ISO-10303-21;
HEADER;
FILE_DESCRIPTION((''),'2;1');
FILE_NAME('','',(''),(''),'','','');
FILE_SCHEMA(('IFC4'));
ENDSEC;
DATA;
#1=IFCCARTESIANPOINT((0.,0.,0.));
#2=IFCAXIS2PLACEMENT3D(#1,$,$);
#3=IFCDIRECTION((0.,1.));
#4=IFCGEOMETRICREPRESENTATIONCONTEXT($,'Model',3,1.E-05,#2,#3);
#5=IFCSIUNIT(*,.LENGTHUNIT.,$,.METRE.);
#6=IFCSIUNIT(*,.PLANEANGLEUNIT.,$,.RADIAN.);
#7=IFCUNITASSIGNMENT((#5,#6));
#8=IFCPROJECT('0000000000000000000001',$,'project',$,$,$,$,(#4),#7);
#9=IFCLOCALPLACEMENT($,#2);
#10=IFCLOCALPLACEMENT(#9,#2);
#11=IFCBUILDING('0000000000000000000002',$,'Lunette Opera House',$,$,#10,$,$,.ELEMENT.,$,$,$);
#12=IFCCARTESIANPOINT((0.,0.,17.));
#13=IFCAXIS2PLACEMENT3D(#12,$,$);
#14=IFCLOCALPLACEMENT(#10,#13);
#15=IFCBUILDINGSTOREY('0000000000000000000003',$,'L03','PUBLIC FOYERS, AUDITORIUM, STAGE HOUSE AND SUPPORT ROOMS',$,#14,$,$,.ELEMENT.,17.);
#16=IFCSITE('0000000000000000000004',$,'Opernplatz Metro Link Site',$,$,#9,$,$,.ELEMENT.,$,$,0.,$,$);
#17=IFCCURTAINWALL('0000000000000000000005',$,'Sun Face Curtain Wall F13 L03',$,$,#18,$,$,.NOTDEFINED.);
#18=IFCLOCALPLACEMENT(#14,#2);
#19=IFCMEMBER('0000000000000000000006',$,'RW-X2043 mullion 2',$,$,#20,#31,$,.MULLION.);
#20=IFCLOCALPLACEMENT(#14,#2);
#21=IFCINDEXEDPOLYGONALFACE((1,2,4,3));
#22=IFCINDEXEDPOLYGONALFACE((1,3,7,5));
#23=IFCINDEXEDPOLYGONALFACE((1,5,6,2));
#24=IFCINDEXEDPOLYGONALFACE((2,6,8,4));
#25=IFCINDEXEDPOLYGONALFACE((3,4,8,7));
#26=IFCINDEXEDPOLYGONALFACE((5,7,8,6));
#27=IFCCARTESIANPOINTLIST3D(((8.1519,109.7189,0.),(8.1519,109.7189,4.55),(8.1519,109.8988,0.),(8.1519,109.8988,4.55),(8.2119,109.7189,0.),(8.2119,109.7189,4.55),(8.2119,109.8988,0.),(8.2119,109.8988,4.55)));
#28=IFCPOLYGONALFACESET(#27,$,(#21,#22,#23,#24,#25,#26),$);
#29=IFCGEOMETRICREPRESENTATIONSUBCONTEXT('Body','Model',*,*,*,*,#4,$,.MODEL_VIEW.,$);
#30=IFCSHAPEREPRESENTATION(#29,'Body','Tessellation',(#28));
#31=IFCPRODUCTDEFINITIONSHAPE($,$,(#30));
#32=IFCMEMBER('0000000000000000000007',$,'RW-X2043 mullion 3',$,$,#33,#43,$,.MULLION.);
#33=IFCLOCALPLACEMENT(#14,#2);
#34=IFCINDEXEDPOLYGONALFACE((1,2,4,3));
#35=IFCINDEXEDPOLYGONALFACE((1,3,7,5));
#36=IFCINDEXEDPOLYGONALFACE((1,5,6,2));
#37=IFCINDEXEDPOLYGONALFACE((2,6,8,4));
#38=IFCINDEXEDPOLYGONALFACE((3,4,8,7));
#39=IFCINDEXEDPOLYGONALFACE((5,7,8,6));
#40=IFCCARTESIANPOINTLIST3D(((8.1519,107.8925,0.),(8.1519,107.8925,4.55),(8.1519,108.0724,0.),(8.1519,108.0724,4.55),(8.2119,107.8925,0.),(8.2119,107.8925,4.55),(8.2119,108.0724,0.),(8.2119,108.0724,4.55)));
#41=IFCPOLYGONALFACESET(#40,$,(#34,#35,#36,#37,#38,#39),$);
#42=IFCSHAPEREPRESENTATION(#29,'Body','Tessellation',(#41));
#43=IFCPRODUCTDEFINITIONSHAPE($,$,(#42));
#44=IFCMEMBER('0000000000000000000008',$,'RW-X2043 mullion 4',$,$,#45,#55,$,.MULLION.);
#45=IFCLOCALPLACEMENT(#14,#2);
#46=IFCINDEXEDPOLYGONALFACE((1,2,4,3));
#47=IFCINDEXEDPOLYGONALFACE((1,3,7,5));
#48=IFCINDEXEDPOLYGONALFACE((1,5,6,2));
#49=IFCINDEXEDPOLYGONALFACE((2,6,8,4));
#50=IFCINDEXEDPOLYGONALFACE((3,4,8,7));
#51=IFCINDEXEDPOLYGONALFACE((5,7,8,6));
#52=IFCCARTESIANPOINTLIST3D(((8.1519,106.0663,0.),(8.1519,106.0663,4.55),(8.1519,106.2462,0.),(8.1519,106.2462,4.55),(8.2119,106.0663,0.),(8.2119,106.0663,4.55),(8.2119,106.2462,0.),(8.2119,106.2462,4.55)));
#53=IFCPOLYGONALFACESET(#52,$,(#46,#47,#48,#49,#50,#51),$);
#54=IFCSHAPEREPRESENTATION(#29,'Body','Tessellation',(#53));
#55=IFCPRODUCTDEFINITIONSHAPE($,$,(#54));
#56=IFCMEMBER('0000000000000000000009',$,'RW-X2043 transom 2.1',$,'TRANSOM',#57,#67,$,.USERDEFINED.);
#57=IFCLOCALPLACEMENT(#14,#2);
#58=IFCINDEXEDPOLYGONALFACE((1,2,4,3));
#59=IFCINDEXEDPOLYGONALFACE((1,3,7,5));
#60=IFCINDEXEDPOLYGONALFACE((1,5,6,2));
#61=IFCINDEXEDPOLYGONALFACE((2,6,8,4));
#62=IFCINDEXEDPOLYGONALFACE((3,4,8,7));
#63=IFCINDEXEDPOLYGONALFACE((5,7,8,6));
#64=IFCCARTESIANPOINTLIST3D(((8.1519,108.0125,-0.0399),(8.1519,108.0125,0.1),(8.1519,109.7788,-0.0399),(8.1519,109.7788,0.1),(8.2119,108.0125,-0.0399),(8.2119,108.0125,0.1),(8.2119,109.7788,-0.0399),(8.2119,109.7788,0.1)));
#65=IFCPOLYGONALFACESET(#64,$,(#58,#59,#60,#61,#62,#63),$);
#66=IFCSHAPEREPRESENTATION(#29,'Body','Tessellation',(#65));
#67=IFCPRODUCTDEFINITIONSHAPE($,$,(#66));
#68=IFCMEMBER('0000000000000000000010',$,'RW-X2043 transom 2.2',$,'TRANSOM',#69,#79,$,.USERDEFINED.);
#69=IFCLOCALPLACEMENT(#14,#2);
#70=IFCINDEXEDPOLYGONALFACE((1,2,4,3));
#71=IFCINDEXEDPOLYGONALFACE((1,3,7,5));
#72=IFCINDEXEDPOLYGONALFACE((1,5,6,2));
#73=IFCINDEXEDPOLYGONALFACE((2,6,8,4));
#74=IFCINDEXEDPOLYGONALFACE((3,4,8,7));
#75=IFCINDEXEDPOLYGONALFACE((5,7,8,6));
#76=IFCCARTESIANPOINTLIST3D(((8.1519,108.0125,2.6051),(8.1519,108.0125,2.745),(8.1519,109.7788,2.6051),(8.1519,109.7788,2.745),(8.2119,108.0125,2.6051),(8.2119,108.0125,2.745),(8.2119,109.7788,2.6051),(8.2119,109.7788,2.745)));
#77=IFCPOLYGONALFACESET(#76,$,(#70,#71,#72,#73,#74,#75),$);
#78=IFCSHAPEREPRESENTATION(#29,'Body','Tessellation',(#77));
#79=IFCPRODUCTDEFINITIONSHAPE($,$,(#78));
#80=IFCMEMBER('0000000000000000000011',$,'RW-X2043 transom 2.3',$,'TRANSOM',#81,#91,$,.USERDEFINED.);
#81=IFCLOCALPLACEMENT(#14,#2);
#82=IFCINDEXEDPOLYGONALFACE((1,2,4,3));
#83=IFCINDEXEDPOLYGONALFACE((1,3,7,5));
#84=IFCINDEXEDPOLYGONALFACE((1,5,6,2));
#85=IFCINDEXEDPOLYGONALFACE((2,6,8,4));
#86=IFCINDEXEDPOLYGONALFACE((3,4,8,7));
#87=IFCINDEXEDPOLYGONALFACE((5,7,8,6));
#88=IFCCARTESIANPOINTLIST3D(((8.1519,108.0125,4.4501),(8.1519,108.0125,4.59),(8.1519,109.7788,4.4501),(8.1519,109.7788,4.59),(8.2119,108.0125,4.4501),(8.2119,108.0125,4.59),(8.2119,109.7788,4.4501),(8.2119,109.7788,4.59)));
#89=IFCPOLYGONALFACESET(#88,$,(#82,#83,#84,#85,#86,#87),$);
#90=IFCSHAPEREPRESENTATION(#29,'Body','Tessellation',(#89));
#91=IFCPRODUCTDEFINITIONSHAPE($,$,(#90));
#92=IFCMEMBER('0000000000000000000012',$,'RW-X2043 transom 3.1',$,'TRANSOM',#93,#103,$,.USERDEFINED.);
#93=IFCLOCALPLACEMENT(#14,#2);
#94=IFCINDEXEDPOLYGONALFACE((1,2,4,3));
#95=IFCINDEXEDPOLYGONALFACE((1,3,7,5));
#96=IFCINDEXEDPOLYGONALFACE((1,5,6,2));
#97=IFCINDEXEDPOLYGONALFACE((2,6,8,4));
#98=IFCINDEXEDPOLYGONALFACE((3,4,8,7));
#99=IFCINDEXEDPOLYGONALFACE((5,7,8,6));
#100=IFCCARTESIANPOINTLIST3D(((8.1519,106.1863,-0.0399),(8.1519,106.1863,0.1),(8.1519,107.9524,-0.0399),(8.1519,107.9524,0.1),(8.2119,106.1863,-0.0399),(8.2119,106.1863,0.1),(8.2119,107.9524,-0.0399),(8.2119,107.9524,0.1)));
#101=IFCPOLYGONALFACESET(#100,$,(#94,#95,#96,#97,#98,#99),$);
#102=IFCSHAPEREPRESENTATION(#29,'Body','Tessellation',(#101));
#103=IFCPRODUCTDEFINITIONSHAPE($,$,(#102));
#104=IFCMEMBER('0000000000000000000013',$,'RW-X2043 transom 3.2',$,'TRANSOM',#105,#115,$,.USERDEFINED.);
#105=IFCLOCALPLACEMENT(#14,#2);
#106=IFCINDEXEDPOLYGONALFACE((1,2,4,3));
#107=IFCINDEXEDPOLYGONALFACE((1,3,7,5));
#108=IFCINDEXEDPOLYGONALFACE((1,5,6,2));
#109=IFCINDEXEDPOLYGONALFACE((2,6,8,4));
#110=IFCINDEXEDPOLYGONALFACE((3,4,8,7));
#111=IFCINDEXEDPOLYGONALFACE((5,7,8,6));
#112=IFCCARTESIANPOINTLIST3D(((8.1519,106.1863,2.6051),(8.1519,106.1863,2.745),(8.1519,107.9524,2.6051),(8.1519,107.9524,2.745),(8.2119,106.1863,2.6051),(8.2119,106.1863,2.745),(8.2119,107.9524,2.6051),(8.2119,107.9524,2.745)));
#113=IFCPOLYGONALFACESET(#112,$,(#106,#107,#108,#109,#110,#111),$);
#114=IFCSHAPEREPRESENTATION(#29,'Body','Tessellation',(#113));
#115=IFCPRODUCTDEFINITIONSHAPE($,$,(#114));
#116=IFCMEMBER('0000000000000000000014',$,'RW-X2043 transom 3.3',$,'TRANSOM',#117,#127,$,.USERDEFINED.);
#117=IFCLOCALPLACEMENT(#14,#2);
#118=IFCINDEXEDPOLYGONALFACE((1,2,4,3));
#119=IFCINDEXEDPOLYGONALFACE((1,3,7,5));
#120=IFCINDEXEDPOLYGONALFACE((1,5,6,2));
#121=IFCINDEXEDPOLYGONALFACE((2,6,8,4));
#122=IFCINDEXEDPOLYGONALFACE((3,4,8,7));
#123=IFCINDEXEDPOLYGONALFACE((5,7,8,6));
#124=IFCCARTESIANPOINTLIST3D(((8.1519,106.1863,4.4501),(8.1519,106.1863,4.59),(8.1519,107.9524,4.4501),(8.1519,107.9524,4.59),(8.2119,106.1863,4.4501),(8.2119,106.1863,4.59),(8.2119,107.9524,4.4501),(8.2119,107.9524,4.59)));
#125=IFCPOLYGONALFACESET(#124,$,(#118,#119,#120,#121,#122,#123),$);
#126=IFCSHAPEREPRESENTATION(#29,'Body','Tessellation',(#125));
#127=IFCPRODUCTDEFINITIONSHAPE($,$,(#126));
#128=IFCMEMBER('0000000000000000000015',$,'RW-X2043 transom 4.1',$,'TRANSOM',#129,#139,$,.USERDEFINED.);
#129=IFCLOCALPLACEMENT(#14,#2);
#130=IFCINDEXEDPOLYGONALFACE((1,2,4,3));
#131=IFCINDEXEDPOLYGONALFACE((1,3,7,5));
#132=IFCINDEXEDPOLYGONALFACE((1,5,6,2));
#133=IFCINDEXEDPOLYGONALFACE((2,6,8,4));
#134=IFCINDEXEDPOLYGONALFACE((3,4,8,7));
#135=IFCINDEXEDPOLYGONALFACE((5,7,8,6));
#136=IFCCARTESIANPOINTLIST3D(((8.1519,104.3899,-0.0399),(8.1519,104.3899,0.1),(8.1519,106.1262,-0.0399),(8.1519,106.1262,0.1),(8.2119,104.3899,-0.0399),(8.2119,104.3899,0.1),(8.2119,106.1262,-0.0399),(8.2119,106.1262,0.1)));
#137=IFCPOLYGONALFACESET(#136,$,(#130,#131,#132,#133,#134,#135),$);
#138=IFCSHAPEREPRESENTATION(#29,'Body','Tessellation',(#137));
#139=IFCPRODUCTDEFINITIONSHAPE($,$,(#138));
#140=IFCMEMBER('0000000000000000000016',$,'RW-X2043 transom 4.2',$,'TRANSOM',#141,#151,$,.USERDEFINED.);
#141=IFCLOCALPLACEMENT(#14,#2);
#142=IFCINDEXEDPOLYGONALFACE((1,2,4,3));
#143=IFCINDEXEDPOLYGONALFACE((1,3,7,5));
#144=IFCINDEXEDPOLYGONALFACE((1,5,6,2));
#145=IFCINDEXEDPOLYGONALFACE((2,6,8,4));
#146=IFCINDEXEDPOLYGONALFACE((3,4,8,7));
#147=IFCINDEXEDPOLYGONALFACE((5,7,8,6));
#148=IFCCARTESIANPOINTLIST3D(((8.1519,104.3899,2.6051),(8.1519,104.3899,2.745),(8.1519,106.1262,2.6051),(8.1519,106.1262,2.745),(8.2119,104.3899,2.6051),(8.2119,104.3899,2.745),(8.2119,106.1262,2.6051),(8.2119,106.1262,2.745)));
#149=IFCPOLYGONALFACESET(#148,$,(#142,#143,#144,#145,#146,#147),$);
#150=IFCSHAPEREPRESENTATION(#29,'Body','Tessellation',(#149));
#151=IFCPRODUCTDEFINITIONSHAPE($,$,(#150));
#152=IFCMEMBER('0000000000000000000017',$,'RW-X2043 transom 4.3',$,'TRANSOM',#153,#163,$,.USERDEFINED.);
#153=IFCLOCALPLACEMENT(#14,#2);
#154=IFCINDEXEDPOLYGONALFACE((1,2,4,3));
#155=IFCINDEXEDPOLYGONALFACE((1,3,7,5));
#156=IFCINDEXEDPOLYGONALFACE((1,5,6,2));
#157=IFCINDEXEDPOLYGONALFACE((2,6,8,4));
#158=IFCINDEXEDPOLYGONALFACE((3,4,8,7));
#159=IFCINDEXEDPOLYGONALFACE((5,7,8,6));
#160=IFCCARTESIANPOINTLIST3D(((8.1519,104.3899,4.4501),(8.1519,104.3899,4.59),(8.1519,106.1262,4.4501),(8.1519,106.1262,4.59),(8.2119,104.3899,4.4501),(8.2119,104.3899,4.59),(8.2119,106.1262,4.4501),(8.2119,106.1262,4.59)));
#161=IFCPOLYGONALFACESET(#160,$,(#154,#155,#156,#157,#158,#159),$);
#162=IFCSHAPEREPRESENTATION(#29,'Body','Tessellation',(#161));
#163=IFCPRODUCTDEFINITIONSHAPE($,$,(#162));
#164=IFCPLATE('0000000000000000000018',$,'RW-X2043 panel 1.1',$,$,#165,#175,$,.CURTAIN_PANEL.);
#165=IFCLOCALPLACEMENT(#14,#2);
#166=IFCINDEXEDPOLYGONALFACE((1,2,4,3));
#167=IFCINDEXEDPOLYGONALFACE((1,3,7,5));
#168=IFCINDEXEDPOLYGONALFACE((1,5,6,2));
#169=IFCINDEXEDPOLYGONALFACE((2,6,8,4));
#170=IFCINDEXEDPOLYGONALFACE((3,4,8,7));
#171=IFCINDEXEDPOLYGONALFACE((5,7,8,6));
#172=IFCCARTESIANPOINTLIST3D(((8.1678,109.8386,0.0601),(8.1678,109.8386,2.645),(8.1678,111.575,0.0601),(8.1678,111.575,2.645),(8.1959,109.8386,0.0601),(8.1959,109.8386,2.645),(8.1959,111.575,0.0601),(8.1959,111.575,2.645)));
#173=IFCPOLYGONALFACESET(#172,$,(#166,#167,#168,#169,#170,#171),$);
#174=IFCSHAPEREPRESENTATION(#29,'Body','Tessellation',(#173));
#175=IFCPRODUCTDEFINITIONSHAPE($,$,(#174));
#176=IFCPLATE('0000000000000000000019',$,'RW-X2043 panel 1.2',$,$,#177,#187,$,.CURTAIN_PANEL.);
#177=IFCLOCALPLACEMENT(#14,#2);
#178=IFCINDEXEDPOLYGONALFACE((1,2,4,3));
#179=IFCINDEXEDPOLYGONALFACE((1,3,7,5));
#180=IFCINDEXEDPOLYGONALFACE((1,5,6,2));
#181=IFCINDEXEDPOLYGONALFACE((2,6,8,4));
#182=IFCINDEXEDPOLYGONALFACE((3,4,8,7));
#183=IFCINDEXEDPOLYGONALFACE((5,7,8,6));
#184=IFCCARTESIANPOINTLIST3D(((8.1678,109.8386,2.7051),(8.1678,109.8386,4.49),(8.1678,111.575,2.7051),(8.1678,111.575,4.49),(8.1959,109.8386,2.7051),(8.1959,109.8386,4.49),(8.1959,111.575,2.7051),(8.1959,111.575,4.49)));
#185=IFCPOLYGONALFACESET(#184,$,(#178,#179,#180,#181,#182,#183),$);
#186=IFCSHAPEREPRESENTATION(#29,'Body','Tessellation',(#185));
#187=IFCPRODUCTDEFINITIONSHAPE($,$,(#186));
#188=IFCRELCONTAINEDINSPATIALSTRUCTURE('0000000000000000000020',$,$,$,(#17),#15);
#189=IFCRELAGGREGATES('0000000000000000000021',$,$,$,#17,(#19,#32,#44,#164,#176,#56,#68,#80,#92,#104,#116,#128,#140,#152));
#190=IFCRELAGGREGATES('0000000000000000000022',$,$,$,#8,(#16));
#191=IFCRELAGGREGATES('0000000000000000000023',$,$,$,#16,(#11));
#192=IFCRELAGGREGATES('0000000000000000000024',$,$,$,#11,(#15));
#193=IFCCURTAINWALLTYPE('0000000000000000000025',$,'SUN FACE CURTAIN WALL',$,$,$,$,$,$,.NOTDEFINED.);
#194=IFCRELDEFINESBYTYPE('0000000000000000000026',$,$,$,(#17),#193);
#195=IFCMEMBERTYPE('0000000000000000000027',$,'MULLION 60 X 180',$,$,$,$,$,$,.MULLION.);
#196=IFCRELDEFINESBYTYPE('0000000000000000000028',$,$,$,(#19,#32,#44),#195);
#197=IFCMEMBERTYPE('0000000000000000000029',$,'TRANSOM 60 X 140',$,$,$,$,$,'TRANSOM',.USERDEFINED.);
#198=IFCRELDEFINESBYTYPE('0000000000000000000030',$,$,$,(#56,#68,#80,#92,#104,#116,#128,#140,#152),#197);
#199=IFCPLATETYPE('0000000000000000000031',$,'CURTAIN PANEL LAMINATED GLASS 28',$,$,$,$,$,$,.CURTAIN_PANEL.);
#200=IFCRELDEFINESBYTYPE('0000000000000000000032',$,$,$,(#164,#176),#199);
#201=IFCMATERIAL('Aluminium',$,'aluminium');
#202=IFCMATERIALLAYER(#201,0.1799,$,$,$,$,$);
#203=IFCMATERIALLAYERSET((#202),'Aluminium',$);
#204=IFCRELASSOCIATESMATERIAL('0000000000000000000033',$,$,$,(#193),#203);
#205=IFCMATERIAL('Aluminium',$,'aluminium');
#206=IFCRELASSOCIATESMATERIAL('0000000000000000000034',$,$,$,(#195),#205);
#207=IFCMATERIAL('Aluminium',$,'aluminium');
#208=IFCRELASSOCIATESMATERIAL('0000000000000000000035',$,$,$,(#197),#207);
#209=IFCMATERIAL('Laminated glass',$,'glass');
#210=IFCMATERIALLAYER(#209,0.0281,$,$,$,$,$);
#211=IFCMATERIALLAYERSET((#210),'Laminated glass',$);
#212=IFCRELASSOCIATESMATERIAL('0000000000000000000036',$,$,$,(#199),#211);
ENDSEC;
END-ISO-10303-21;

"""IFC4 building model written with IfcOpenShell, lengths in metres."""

from ifc_helpers import new_model, si_unit, direction, frame, origin, origin_2d, place, context, subcontext, project, spatial, rectangle, extrude, material, layer, layer_set, material_profile, profile_set, type_object, element, aggregate, save


model = new_model("IFC4")

# Units and contexts
model_context = context("Model", 3, precision=1e-05, world=origin(), true_north=direction((0.0, 1.0)))
body_context = subcontext(model_context, "Body", "Model", "MODEL_VIEW")
ifc_project = project(units=[si_unit("LENGTHUNIT", "METRE"), si_unit("PLANEANGLEUNIT", "RADIAN")], contexts=[model_context])

# Site, building, storey
site_placement = place(None, origin())
site = spatial("IfcSite", under=ifc_project, at=site_placement, Name="Opernplatz Metro Link Site", CompositionType="ELEMENT", RefElevation=0.0)
building_placement = place(site_placement, origin())
building = spatial("IfcBuilding", under=site, at=building_placement, Name="Lunette Opera House", CompositionType="ELEMENT")
storey_placement = place(building_placement, frame((0.0, 0.0, 17.0)))
storey = spatial("IfcBuildingStorey", under=building, at=storey_placement, Name="L03", Description="PUBLIC FOYERS, AUDITORIUM, STAGE HOUSE AND SUPPORT ROOMS", CompositionType="ELEMENT", Elevation=17.0)

# Curtain wall, members, plates
ifc_material_1 = material(Name="Aluminium", Category="aluminium")
ifc_layer_1 = layer(ifc_material_1, 0.1799)
ifc_layer_set_1 = layer_set([ifc_layer_1], Name="Aluminium")
curtain_wall_type = type_object("IfcCurtainWallType", Name="SUN FACE CURTAIN WALL", PredefinedType="NOTDEFINED", material=ifc_layer_set_1)
curtain_wall_placement = place(storey_placement, origin())
curtain_wall = element("IfcCurtainWall", 1, at=curtain_wall_placement, inside=storey, type_object=curtain_wall_type, Name="Sun Face Curtain Wall F13 L03", PredefinedType="NOTDEFINED")
ifc_material_2 = material(Name="Aluminium", Category="aluminium")
ifc_material_profile_1 = material_profile(ifc_material_2, rectangle(XDim=0.0601, YDim=0.1799, at=origin_2d()), Name="MULLION 60 X 180")
ifc_profile_set_1 = profile_set([ifc_material_profile_1], Name="Aluminium")
member_type_1 = type_object("IfcMemberType", Name="MULLION 60 X 180", PredefinedType="MULLION", material=ifc_profile_set_1)
member_1_placement = place(storey_placement, frame((8.1819, 109.8088, 0.0), z_axis=(0.0, 0.0, 1.0), x_axis=(1.0, 0.0, 0.0)))
member_1 = element("IfcMember", 2, at=member_1_placement, type_object=member_type_1, Name="RW-X2043 mullion 2", PredefinedType="MULLION", context=body_context, shape_type="SweptSolid", body=[
    extrude(rectangle(XDim=0.0601, YDim=0.1799, at=origin_2d()), origin(), (0.0, 0.0, 1.0), 4.55),
])
member_2_placement = place(storey_placement, frame((8.1819, 107.9824, 0.0), z_axis=(0.0, 0.0, 1.0), x_axis=(1.0, 0.0, 0.0)))
member_2 = element("IfcMember", 3, at=member_2_placement, type_object=member_type_1, Name="RW-X2043 mullion 3", PredefinedType="MULLION", context=body_context, shape_type="SweptSolid", body=[
    extrude(rectangle(XDim=0.0601, YDim=0.1799, at=origin_2d()), origin(), (0.0, 0.0, 1.0), 4.55),
])
member_3_placement = place(storey_placement, frame((8.1819, 106.1562, 0.0), z_axis=(0.0, 0.0, 1.0), x_axis=(1.0, 0.0, 0.0)))
member_3 = element("IfcMember", 4, at=member_3_placement, type_object=member_type_1, Name="RW-X2043 mullion 4", PredefinedType="MULLION", context=body_context, shape_type="SweptSolid", body=[
    extrude(rectangle(XDim=0.0601, YDim=0.1799, at=origin_2d()), origin(), (0.0, 0.0, 1.0), 4.55),
])
ifc_material_3 = material(Name="Aluminium", Category="aluminium")
ifc_material_profile_2 = material_profile(ifc_material_3, rectangle(XDim=0.0601, YDim=0.1399, at=origin_2d()), Name="TRANSOM 60 X 140")
ifc_profile_set_2 = profile_set([ifc_material_profile_2], Name="Aluminium")
member_type_2 = type_object("IfcMemberType", Name="TRANSOM 60 X 140", ElementType="TRANSOM", PredefinedType="USERDEFINED", material=ifc_profile_set_2)
member_4_placement = place(storey_placement, frame((8.1819, 109.7788, 0.03), z_axis=(0.0, -1.0, 0.0), x_axis=(1.0, 0.0, 0.0)))
member_4 = element("IfcMember", 5, at=member_4_placement, type_object=member_type_2, Name="RW-X2043 transom 2.1", ObjectType="TRANSOM", PredefinedType="USERDEFINED", context=body_context, shape_type="SweptSolid", body=[
    extrude(rectangle(XDim=0.0601, YDim=0.1399, at=origin_2d()), origin(), (0.0, 0.0, 1.0), 1.7664),
])
member_5_placement = place(storey_placement, frame((8.1819, 109.7788, 2.675), z_axis=(0.0, -1.0, 0.0), x_axis=(1.0, 0.0, 0.0)))
member_5 = element("IfcMember", 6, at=member_5_placement, type_object=member_type_2, Name="RW-X2043 transom 2.2", ObjectType="TRANSOM", PredefinedType="USERDEFINED", context=body_context, shape_type="SweptSolid", body=[
    extrude(rectangle(XDim=0.0601, YDim=0.1399, at=origin_2d()), origin(), (0.0, 0.0, 1.0), 1.7664),
])
member_6_placement = place(storey_placement, frame((8.1819, 109.7788, 4.52), z_axis=(0.0, -1.0, 0.0), x_axis=(1.0, 0.0, 0.0)))
member_6 = element("IfcMember", 7, at=member_6_placement, type_object=member_type_2, Name="RW-X2043 transom 2.3", ObjectType="TRANSOM", PredefinedType="USERDEFINED", context=body_context, shape_type="SweptSolid", body=[
    extrude(rectangle(XDim=0.0601, YDim=0.1399, at=origin_2d()), origin(), (0.0, 0.0, 1.0), 1.7664),
])
member_7_placement = place(storey_placement, frame((8.1819, 107.9524, 0.03), z_axis=(0.0, -1.0, 0.0), x_axis=(1.0, 0.0, 0.0)))
member_7 = element("IfcMember", 8, at=member_7_placement, type_object=member_type_2, Name="RW-X2043 transom 3.1", ObjectType="TRANSOM", PredefinedType="USERDEFINED", context=body_context, shape_type="SweptSolid", body=[
    extrude(rectangle(XDim=0.0601, YDim=0.1399, at=origin_2d()), origin(), (0.0, 0.0, 1.0), 1.7661),
])
member_8_placement = place(storey_placement, frame((8.1819, 107.9524, 2.675), z_axis=(0.0, -1.0, 0.0), x_axis=(1.0, 0.0, 0.0)))
member_8 = element("IfcMember", 9, at=member_8_placement, type_object=member_type_2, Name="RW-X2043 transom 3.2", ObjectType="TRANSOM", PredefinedType="USERDEFINED", context=body_context, shape_type="SweptSolid", body=[
    extrude(rectangle(XDim=0.0601, YDim=0.1399, at=origin_2d()), origin(), (0.0, 0.0, 1.0), 1.7661),
])
member_9_placement = place(storey_placement, frame((8.1819, 107.9524, 4.52), z_axis=(0.0, -1.0, 0.0), x_axis=(1.0, 0.0, 0.0)))
member_9 = element("IfcMember", 10, at=member_9_placement, type_object=member_type_2, Name="RW-X2043 transom 3.3", ObjectType="TRANSOM", PredefinedType="USERDEFINED", context=body_context, shape_type="SweptSolid", body=[
    extrude(rectangle(XDim=0.0601, YDim=0.1399, at=origin_2d()), origin(), (0.0, 0.0, 1.0), 1.7661),
])
member_10_placement = place(storey_placement, frame((8.1819, 106.1262, 0.03), z_axis=(0.0, -1.0, 0.0), x_axis=(1.0, 0.0, 0.0)))
member_10 = element("IfcMember", 11, at=member_10_placement, type_object=member_type_2, Name="RW-X2043 transom 4.1", ObjectType="TRANSOM", PredefinedType="USERDEFINED", context=body_context, shape_type="SweptSolid", body=[
    extrude(rectangle(XDim=0.0601, YDim=0.1399, at=origin_2d()), origin(), (0.0, 0.0, 1.0), 1.7363),
])
member_11_placement = place(storey_placement, frame((8.1819, 106.1262, 2.675), z_axis=(0.0, -1.0, 0.0), x_axis=(1.0, 0.0, 0.0)))
member_11 = element("IfcMember", 12, at=member_11_placement, type_object=member_type_2, Name="RW-X2043 transom 4.2", ObjectType="TRANSOM", PredefinedType="USERDEFINED", context=body_context, shape_type="SweptSolid", body=[
    extrude(rectangle(XDim=0.0601, YDim=0.1399, at=origin_2d()), origin(), (0.0, 0.0, 1.0), 1.7363),
])
member_12_placement = place(storey_placement, frame((8.1819, 106.1262, 4.52), z_axis=(0.0, -1.0, 0.0), x_axis=(1.0, 0.0, 0.0)))
member_12 = element("IfcMember", 13, at=member_12_placement, type_object=member_type_2, Name="RW-X2043 transom 4.3", ObjectType="TRANSOM", PredefinedType="USERDEFINED", context=body_context, shape_type="SweptSolid", body=[
    extrude(rectangle(XDim=0.0601, YDim=0.1399, at=origin_2d()), origin(), (0.0, 0.0, 1.0), 1.7363),
])
ifc_material_4 = material(Name="Laminated glass", Category="glass")
ifc_layer_2 = layer(ifc_material_4, 0.0281)
ifc_layer_set_2 = layer_set([ifc_layer_2], Name="Laminated glass")
plate_type = type_object("IfcPlateType", Name="CURTAIN PANEL LAMINATED GLASS 28", PredefinedType="CURTAIN_PANEL", material=ifc_layer_set_2)
plate_1_placement = place(storey_placement, frame((8.1819, 110.7068, 0.0601), z_axis=(0.0, 0.0, 1.0), x_axis=(0.0, -1.0, 0.0)))
plate_1 = element("IfcPlate", 14, at=plate_1_placement, type_object=plate_type, Name="RW-X2043 panel 1.1", PredefinedType="CURTAIN_PANEL", context=body_context, shape_type="SweptSolid", body=[
    extrude(rectangle(XDim=1.7363, YDim=0.0281, at=origin_2d()), origin(), (0.0, 0.0, 1.0), 2.585),
])
plate_2_placement = place(storey_placement, frame((8.1819, 110.7068, 2.7051), z_axis=(0.0, 0.0, 1.0), x_axis=(0.0, -1.0, 0.0)))
plate_2 = element("IfcPlate", 15, at=plate_2_placement, type_object=plate_type, Name="RW-X2043 panel 1.2", PredefinedType="CURTAIN_PANEL", context=body_context, shape_type="SweptSolid", body=[
    extrude(rectangle(XDim=1.7363, YDim=0.0281, at=origin_2d()), origin(), (0.0, 0.0, 1.0), 1.7849),
])
aggregate(curtain_wall, [member_1, member_2, member_3, plate_1, plate_2, member_4, member_5, member_6, member_7, member_8, member_9, member_10, member_11, member_12])

save(model, "model.ifc")
